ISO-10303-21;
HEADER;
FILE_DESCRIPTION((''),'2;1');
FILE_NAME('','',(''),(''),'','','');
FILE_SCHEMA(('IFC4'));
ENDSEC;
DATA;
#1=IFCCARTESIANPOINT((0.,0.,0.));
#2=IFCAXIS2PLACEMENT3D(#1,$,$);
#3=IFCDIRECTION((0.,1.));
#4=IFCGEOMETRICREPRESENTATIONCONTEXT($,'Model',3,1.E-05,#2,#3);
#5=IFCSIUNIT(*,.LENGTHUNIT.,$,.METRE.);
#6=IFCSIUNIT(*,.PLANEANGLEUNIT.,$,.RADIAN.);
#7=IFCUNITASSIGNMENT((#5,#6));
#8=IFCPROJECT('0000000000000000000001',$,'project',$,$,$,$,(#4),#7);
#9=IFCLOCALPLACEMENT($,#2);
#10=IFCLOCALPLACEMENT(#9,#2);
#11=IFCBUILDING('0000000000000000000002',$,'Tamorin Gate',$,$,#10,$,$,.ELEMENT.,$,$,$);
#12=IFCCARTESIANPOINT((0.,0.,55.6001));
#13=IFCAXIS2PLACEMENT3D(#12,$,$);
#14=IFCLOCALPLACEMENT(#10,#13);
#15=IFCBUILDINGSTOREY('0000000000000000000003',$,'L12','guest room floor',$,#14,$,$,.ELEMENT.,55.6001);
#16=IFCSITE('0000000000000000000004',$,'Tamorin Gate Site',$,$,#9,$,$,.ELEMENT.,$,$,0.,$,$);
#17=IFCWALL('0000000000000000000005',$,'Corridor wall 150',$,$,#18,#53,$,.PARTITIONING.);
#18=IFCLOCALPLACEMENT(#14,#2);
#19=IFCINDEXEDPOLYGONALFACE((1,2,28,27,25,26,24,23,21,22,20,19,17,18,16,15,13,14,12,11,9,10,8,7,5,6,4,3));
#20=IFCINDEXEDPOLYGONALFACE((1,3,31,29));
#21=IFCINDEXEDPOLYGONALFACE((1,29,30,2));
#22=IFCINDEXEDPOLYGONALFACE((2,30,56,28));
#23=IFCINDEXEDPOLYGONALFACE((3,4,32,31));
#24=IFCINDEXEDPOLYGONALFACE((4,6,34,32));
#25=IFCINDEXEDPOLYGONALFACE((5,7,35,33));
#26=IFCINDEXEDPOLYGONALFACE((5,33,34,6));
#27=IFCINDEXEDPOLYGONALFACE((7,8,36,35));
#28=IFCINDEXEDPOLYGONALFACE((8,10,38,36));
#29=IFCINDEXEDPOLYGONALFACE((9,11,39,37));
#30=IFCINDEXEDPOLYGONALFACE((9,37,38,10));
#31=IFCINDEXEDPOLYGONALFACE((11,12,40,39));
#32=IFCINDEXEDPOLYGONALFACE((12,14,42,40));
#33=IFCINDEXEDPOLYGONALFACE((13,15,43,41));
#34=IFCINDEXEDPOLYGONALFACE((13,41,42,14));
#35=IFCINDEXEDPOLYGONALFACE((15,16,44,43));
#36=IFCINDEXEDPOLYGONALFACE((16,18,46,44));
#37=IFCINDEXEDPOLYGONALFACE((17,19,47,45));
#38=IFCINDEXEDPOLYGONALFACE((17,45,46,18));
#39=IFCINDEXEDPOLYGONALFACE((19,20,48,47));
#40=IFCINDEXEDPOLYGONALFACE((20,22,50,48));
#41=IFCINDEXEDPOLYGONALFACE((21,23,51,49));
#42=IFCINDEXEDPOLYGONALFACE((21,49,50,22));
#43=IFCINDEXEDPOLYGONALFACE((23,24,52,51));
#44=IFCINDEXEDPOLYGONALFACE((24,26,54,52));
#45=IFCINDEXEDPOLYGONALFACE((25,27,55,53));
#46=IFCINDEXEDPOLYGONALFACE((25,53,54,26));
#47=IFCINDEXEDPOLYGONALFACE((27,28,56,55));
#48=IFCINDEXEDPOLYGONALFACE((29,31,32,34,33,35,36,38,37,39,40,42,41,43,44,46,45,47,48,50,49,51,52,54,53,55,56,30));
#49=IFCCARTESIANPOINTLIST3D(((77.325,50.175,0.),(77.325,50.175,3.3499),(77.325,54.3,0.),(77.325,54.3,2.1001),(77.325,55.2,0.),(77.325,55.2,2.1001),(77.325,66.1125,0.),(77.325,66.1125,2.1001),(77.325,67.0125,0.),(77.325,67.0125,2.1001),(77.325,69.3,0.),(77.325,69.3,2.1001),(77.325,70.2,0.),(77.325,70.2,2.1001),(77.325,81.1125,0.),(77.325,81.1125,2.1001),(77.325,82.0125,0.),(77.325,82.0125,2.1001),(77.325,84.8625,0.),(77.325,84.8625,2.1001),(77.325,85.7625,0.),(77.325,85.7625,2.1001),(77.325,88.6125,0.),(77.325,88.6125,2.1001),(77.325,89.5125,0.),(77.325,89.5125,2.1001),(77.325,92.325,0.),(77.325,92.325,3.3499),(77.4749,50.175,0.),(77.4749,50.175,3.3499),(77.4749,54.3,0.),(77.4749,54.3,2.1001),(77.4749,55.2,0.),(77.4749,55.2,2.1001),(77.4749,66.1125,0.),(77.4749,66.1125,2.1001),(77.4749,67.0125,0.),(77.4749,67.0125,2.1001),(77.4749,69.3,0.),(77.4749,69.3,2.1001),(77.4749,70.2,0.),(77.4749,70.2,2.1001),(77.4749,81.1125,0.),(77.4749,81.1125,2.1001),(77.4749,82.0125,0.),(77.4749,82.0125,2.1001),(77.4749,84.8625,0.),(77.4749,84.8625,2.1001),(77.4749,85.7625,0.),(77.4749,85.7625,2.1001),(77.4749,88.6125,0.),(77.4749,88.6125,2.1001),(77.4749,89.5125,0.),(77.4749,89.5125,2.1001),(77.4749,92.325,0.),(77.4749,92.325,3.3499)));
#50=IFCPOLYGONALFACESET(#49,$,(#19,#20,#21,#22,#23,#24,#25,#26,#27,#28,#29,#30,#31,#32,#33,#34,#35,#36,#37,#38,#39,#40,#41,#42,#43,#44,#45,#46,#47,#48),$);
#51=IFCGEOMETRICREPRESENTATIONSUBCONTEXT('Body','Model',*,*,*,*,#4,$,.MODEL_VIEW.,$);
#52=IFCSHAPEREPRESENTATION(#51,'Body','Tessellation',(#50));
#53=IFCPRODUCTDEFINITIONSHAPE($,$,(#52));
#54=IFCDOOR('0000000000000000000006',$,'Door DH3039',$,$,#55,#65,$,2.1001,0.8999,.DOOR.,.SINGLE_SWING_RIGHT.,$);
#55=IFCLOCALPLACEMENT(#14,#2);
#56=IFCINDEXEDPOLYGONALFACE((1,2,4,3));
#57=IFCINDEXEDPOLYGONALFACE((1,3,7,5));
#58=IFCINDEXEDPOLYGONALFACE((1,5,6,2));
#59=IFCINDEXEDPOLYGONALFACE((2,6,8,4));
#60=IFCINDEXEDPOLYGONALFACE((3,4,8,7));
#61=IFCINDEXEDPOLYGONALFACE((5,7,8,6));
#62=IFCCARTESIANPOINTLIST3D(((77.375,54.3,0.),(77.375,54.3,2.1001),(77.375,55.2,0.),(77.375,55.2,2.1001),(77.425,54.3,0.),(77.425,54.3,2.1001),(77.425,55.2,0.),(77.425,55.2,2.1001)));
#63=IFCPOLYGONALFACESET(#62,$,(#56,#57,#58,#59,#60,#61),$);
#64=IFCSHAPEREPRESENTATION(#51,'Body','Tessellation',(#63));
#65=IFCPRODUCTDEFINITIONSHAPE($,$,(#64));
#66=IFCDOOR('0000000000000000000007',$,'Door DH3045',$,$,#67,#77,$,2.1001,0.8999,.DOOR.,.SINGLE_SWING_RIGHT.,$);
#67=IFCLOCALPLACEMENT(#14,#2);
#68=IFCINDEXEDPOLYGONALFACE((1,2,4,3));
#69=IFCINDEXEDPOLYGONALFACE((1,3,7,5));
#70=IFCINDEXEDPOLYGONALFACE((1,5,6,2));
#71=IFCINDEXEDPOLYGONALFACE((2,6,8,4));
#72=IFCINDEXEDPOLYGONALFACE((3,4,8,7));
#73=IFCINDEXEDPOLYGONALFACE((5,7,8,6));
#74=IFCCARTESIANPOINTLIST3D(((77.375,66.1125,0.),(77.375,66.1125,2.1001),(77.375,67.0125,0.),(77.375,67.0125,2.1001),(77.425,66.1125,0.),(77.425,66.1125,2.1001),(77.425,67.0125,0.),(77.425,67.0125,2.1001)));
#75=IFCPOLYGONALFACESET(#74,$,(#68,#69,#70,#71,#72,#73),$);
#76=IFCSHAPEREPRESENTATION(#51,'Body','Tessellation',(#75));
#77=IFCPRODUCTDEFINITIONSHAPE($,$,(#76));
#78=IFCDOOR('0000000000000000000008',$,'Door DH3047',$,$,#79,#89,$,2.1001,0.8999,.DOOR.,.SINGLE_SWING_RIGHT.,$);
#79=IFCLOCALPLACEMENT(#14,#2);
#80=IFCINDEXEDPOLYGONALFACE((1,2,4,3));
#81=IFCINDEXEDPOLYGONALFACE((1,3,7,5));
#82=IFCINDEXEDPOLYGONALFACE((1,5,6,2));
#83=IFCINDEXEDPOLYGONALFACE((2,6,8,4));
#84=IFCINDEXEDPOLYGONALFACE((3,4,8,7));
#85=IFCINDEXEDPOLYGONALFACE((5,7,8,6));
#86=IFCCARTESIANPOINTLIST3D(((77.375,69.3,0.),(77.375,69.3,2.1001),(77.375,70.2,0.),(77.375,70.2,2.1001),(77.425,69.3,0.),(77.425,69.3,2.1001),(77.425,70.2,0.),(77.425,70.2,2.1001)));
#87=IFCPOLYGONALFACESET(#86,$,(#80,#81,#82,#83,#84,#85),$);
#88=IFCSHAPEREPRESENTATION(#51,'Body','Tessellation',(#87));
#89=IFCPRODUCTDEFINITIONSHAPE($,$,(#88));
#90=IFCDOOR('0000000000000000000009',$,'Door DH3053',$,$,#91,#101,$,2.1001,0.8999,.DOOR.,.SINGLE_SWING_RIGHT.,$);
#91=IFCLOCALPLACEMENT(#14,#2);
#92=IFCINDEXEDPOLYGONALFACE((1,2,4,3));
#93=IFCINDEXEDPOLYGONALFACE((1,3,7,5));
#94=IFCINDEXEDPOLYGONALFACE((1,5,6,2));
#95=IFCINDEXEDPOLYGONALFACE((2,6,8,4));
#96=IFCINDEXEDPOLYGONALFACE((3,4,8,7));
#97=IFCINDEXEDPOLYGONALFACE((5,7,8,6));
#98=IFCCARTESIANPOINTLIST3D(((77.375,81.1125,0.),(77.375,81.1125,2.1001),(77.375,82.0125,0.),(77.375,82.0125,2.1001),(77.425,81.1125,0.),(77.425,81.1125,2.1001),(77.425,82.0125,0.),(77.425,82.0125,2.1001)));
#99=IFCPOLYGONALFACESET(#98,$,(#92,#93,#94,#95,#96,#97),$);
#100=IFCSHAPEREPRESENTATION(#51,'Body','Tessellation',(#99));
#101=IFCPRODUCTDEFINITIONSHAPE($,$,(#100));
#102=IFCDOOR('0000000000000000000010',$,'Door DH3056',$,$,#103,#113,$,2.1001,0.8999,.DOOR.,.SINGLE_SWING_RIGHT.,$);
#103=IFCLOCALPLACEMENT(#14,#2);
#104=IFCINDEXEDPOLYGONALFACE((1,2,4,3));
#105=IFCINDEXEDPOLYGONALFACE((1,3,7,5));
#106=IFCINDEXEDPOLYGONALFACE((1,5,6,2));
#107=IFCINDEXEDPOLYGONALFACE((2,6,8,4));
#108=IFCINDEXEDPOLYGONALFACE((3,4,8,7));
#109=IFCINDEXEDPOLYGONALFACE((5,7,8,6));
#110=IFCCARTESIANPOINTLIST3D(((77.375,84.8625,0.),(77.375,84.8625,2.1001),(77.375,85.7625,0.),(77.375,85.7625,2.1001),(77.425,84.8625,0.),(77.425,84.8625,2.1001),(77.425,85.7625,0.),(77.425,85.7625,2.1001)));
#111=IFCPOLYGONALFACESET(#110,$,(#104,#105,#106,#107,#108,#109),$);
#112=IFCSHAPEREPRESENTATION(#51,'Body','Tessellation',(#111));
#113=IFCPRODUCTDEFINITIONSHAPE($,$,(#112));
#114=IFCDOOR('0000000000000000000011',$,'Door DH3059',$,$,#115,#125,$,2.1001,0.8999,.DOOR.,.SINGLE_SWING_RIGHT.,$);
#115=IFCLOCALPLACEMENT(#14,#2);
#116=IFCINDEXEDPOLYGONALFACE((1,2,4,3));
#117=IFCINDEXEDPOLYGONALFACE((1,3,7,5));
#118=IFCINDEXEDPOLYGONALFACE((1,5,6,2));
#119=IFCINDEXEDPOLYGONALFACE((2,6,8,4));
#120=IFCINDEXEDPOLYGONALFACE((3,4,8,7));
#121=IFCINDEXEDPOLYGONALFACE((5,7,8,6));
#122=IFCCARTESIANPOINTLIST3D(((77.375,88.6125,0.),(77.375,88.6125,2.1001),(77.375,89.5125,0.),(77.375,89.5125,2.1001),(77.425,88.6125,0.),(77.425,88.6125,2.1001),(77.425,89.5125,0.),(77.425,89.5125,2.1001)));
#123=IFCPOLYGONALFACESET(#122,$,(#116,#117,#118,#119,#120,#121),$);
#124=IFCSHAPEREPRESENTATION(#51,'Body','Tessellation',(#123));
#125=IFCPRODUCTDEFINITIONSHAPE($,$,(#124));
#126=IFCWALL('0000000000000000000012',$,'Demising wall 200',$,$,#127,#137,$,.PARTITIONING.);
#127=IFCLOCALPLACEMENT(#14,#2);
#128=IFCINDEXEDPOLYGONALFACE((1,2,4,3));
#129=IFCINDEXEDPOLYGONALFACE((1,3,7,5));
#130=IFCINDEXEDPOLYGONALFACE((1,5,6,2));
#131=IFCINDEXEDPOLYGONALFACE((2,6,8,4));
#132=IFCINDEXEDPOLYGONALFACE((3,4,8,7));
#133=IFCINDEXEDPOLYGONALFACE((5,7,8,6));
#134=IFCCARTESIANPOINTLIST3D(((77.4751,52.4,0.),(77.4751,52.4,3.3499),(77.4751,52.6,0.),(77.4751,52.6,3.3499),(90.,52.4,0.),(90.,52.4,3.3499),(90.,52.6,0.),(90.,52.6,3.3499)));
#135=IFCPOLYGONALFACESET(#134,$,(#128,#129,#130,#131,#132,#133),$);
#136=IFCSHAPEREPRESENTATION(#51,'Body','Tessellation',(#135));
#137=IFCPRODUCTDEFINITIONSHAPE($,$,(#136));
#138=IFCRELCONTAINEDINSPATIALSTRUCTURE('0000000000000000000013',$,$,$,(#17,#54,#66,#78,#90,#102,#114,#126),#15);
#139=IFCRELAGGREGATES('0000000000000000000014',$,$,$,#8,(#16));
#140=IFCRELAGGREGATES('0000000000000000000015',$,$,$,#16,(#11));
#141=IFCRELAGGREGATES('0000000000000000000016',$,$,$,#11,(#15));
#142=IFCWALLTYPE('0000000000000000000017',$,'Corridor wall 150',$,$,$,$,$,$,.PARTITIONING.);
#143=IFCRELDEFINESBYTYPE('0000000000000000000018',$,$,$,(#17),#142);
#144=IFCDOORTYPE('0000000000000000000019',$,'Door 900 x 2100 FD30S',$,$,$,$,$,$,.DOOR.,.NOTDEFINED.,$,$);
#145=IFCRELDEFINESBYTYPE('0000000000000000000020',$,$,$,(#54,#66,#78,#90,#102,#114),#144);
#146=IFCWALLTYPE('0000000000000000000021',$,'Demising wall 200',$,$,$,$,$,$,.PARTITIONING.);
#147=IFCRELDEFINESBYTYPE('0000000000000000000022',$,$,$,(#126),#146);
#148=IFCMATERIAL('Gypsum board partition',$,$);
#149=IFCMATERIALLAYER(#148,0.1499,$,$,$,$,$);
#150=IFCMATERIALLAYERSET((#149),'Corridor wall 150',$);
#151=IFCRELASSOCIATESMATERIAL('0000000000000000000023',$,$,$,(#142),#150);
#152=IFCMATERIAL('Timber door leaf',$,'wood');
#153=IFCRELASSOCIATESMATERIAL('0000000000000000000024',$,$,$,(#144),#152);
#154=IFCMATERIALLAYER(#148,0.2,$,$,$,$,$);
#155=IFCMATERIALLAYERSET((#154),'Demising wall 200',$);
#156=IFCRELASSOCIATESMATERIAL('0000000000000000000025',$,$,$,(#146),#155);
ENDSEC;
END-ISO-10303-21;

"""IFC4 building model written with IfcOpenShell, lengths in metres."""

from ifc_helpers import new_model, si_unit, direction, frame, frame_2d, origin, place, context, subcontext, project, spatial, rectangle, extrude, material, layer, layer_set, type_object, element, fill, save


model = new_model("IFC4")

# Units and contexts
model_context = context("Model", 3, precision=1e-05, world=origin(), true_north=direction((0.0, 1.0)))
body_context = subcontext(model_context, "Body", "Model", "MODEL_VIEW")
ifc_project = project(units=[si_unit("LENGTHUNIT", "METRE"), si_unit("PLANEANGLEUNIT", "RADIAN")], contexts=[model_context])

# Site, building, storey
site_placement = place(None, origin())
site = spatial("IfcSite", under=ifc_project, at=site_placement, Name="Tamorin Gate Site", CompositionType="ELEMENT", RefElevation=0.0)
building_placement = place(site_placement, origin())
building = spatial("IfcBuilding", under=site, at=building_placement, Name="Tamorin Gate", CompositionType="ELEMENT")
storey_placement = place(building_placement, frame((0.0, 0.0, 55.6001)))
storey = spatial("IfcBuildingStorey", under=building, at=storey_placement, Name="L12", Description="guest room floor", CompositionType="ELEMENT", Elevation=55.6001)

# Shared definitions
ifc_material_1 = material(Name="Gypsum board partition")
ifc_layer_1 = layer(ifc_material_1, 0.1499)
ifc_layer_set_1 = layer_set([ifc_layer_1], Name="Corridor wall 150")
wall_type_1 = type_object("IfcWallType", Name="Corridor wall 150", PredefinedType="PARTITIONING", material=ifc_layer_set_1)
ifc_material_2 = material(Name="Timber door leaf", Category="wood")
door_type_1 = type_object("IfcDoorType", Name="Door 900 x 2100 FD30S", OperationType="NOTDEFINED", PredefinedType="DOOR", material=ifc_material_2)

# Wall, openings, doors
wall_1_placement = place(storey_placement, frame((77.3999, 50.175, 0.0), z_axis=(0.0, 0.0, 1.0), x_axis=(0.0, 1.0, 0.0)))
wall_1 = element("IfcWall", 1, at=wall_1_placement, inside=storey, type_object=wall_type_1, Name="Corridor wall 150", PredefinedType="PARTITIONING", context=body_context, shape_type="SweptSolid", body=[
    extrude(rectangle(XDim=42.1499, YDim=0.1499, at=frame_2d((21.075, 0.0))), origin(), (0.0, 0.0, 1.0), 3.3499),
])
opening_1_placement = place(wall_1_placement, frame((4.125, 0.0, 0.0)))
opening_1 = element("IfcOpeningElement", 2, at=opening_1_placement, cuts=wall_1, PredefinedType="OPENING", context=body_context, shape_type="SweptSolid", body=[
    extrude(rectangle(XDim=0.8999, YDim=2.1001, at=frame_2d((0.45, 1.05))), frame((0.0, 0.085, 0.0), z_axis=(0.0, -1.0, 0.0), x_axis=(1.0, 0.0, 0.0)), (0.0, 0.0, 1.0), 0.1699),
])
opening_2_placement = place(wall_1_placement, frame((15.9375, 0.0, 0.0)))
opening_2 = element("IfcOpeningElement", 3, at=opening_2_placement, cuts=wall_1, PredefinedType="OPENING", context=body_context, shape_type="SweptSolid", body=[
    extrude(rectangle(XDim=0.8999, YDim=2.1001, at=frame_2d((0.45, 1.05))), frame((0.0, 0.085, 0.0), z_axis=(0.0, -1.0, 0.0), x_axis=(1.0, 0.0, 0.0)), (0.0, 0.0, 1.0), 0.1699),
])
opening_3_placement = place(wall_1_placement, frame((19.125, 0.0, 0.0)))
opening_3 = element("IfcOpeningElement", 4, at=opening_3_placement, cuts=wall_1, PredefinedType="OPENING", context=body_context, shape_type="SweptSolid", body=[
    extrude(rectangle(XDim=0.8999, YDim=2.1001, at=frame_2d((0.45, 1.05))), frame((0.0, 0.085, 0.0), z_axis=(0.0, -1.0, 0.0), x_axis=(1.0, 0.0, 0.0)), (0.0, 0.0, 1.0), 0.1699),
])
opening_4_placement = place(wall_1_placement, frame((30.9375, 0.0, 0.0)))
opening_4 = element("IfcOpeningElement", 5, at=opening_4_placement, cuts=wall_1, PredefinedType="OPENING", context=body_context, shape_type="SweptSolid", body=[
    extrude(rectangle(XDim=0.8999, YDim=2.1001, at=frame_2d((0.45, 1.05))), frame((0.0, 0.085, 0.0), z_axis=(0.0, -1.0, 0.0), x_axis=(1.0, 0.0, 0.0)), (0.0, 0.0, 1.0), 0.1699),
])
opening_5_placement = place(wall_1_placement, frame((34.6875, 0.0, 0.0)))
opening_5 = element("IfcOpeningElement", 6, at=opening_5_placement, cuts=wall_1, PredefinedType="OPENING", context=body_context, shape_type="SweptSolid", body=[
    extrude(rectangle(XDim=0.8999, YDim=2.1001, at=frame_2d((0.45, 1.05))), frame((0.0, 0.085, 0.0), z_axis=(0.0, -1.0, 0.0), x_axis=(1.0, 0.0, 0.0)), (0.0, 0.0, 1.0), 0.1699),
])
opening_6_placement = place(wall_1_placement, frame((38.4375, 0.0, 0.0)))
opening_6 = element("IfcOpeningElement", 7, at=opening_6_placement, cuts=wall_1, PredefinedType="OPENING", context=body_context, shape_type="SweptSolid", body=[
    extrude(rectangle(XDim=0.8999, YDim=2.1001, at=frame_2d((0.45, 1.05))), frame((0.0, 0.085, 0.0), z_axis=(0.0, -1.0, 0.0), x_axis=(1.0, 0.0, 0.0)), (0.0, 0.0, 1.0), 0.1699),
])
door_1_placement = place(opening_1_placement, origin())
door_1 = element("IfcDoor", 8, at=door_1_placement, inside=storey, type_object=door_type_1, Name="Door DH3039", OperationType="SINGLE_SWING_RIGHT", OverallHeight=2.1001, OverallWidth=0.8999, PredefinedType="DOOR", context=body_context, shape_type="SweptSolid", body=[
    extrude(rectangle(XDim=0.8999, YDim=2.1001, at=frame_2d((0.45, 1.05))), frame((0.0, 0.0249, 0.0), z_axis=(0.0, -1.0, 0.0), x_axis=(1.0, 0.0, 0.0)), (0.0, 0.0, 1.0), 0.05),
])
fill(opening_1, door_1)
door_2_placement = place(opening_2_placement, origin())
door_2 = element("IfcDoor", 9, at=door_2_placement, inside=storey, type_object=door_type_1, Name="Door DH3045", OperationType="SINGLE_SWING_RIGHT", OverallHeight=2.1001, OverallWidth=0.8999, PredefinedType="DOOR", context=body_context, shape_type="SweptSolid", body=[
    extrude(rectangle(XDim=0.8999, YDim=2.1001, at=frame_2d((0.45, 1.05))), frame((0.0, 0.0249, 0.0), z_axis=(0.0, -1.0, 0.0), x_axis=(1.0, 0.0, 0.0)), (0.0, 0.0, 1.0), 0.05),
])
fill(opening_2, door_2)
door_3_placement = place(opening_3_placement, origin())
door_3 = element("IfcDoor", 10, at=door_3_placement, inside=storey, type_object=door_type_1, Name="Door DH3047", OperationType="SINGLE_SWING_RIGHT", OverallHeight=2.1001, OverallWidth=0.8999, PredefinedType="DOOR", context=body_context, shape_type="SweptSolid", body=[
    extrude(rectangle(XDim=0.8999, YDim=2.1001, at=frame_2d((0.45, 1.05))), frame((0.0, 0.0249, 0.0), z_axis=(0.0, -1.0, 0.0), x_axis=(1.0, 0.0, 0.0)), (0.0, 0.0, 1.0), 0.05),
])
fill(opening_3, door_3)
door_4_placement = place(opening_4_placement, origin())
door_4 = element("IfcDoor", 11, at=door_4_placement, inside=storey, type_object=door_type_1, Name="Door DH3053", OperationType="SINGLE_SWING_RIGHT", OverallHeight=2.1001, OverallWidth=0.8999, PredefinedType="DOOR", context=body_context, shape_type="SweptSolid", body=[
    extrude(rectangle(XDim=0.8999, YDim=2.1001, at=frame_2d((0.45, 1.05))), frame((0.0, 0.0249, 0.0), z_axis=(0.0, -1.0, 0.0), x_axis=(1.0, 0.0, 0.0)), (0.0, 0.0, 1.0), 0.05),
])
fill(opening_4, door_4)
door_5_placement = place(opening_5_placement, origin())
door_5 = element("IfcDoor", 12, at=door_5_placement, inside=storey, type_object=door_type_1, Name="Door DH3056", OperationType="SINGLE_SWING_RIGHT", OverallHeight=2.1001, OverallWidth=0.8999, PredefinedType="DOOR", context=body_context, shape_type="SweptSolid", body=[
    extrude(rectangle(XDim=0.8999, YDim=2.1001, at=frame_2d((0.45, 1.05))), frame((0.0, 0.0249, 0.0), z_axis=(0.0, -1.0, 0.0), x_axis=(1.0, 0.0, 0.0)), (0.0, 0.0, 1.0), 0.05),
])
fill(opening_5, door_5)
door_6_placement = place(opening_6_placement, origin())
door_6 = element("IfcDoor", 13, at=door_6_placement, inside=storey, type_object=door_type_1, Name="Door DH3059", OperationType="SINGLE_SWING_RIGHT", OverallHeight=2.1001, OverallWidth=0.8999, PredefinedType="DOOR", context=body_context, shape_type="SweptSolid", body=[
    extrude(rectangle(XDim=0.8999, YDim=2.1001, at=frame_2d((0.45, 1.05))), frame((0.0, 0.0249, 0.0), z_axis=(0.0, -1.0, 0.0), x_axis=(1.0, 0.0, 0.0)), (0.0, 0.0, 1.0), 0.05),
])
fill(opening_6, door_6)

# Wall
ifc_layer_2 = layer(ifc_material_1, 0.2)
ifc_layer_set_2 = layer_set([ifc_layer_2], Name="Demising wall 200")
wall_type_2 = type_object("IfcWallType", Name="Demising wall 200", PredefinedType="PARTITIONING", material=ifc_layer_set_2)
wall_2_placement = place(storey_placement, frame((77.4751, 52.5, 0.0), z_axis=(0.0, 0.0, 1.0), x_axis=(1.0, 0.0, 0.0)))
element("IfcWall", 14, at=wall_2_placement, inside=storey, type_object=wall_type_2, Name="Demising wall 200", PredefinedType="PARTITIONING", context=body_context, shape_type="SweptSolid", body=[
    extrude(rectangle(XDim=12.5249, YDim=0.2, at=frame_2d((6.2625, 0.0))), origin(), (0.0, 0.0, 1.0), 3.3499),
])

save(model, "model.ifc")
